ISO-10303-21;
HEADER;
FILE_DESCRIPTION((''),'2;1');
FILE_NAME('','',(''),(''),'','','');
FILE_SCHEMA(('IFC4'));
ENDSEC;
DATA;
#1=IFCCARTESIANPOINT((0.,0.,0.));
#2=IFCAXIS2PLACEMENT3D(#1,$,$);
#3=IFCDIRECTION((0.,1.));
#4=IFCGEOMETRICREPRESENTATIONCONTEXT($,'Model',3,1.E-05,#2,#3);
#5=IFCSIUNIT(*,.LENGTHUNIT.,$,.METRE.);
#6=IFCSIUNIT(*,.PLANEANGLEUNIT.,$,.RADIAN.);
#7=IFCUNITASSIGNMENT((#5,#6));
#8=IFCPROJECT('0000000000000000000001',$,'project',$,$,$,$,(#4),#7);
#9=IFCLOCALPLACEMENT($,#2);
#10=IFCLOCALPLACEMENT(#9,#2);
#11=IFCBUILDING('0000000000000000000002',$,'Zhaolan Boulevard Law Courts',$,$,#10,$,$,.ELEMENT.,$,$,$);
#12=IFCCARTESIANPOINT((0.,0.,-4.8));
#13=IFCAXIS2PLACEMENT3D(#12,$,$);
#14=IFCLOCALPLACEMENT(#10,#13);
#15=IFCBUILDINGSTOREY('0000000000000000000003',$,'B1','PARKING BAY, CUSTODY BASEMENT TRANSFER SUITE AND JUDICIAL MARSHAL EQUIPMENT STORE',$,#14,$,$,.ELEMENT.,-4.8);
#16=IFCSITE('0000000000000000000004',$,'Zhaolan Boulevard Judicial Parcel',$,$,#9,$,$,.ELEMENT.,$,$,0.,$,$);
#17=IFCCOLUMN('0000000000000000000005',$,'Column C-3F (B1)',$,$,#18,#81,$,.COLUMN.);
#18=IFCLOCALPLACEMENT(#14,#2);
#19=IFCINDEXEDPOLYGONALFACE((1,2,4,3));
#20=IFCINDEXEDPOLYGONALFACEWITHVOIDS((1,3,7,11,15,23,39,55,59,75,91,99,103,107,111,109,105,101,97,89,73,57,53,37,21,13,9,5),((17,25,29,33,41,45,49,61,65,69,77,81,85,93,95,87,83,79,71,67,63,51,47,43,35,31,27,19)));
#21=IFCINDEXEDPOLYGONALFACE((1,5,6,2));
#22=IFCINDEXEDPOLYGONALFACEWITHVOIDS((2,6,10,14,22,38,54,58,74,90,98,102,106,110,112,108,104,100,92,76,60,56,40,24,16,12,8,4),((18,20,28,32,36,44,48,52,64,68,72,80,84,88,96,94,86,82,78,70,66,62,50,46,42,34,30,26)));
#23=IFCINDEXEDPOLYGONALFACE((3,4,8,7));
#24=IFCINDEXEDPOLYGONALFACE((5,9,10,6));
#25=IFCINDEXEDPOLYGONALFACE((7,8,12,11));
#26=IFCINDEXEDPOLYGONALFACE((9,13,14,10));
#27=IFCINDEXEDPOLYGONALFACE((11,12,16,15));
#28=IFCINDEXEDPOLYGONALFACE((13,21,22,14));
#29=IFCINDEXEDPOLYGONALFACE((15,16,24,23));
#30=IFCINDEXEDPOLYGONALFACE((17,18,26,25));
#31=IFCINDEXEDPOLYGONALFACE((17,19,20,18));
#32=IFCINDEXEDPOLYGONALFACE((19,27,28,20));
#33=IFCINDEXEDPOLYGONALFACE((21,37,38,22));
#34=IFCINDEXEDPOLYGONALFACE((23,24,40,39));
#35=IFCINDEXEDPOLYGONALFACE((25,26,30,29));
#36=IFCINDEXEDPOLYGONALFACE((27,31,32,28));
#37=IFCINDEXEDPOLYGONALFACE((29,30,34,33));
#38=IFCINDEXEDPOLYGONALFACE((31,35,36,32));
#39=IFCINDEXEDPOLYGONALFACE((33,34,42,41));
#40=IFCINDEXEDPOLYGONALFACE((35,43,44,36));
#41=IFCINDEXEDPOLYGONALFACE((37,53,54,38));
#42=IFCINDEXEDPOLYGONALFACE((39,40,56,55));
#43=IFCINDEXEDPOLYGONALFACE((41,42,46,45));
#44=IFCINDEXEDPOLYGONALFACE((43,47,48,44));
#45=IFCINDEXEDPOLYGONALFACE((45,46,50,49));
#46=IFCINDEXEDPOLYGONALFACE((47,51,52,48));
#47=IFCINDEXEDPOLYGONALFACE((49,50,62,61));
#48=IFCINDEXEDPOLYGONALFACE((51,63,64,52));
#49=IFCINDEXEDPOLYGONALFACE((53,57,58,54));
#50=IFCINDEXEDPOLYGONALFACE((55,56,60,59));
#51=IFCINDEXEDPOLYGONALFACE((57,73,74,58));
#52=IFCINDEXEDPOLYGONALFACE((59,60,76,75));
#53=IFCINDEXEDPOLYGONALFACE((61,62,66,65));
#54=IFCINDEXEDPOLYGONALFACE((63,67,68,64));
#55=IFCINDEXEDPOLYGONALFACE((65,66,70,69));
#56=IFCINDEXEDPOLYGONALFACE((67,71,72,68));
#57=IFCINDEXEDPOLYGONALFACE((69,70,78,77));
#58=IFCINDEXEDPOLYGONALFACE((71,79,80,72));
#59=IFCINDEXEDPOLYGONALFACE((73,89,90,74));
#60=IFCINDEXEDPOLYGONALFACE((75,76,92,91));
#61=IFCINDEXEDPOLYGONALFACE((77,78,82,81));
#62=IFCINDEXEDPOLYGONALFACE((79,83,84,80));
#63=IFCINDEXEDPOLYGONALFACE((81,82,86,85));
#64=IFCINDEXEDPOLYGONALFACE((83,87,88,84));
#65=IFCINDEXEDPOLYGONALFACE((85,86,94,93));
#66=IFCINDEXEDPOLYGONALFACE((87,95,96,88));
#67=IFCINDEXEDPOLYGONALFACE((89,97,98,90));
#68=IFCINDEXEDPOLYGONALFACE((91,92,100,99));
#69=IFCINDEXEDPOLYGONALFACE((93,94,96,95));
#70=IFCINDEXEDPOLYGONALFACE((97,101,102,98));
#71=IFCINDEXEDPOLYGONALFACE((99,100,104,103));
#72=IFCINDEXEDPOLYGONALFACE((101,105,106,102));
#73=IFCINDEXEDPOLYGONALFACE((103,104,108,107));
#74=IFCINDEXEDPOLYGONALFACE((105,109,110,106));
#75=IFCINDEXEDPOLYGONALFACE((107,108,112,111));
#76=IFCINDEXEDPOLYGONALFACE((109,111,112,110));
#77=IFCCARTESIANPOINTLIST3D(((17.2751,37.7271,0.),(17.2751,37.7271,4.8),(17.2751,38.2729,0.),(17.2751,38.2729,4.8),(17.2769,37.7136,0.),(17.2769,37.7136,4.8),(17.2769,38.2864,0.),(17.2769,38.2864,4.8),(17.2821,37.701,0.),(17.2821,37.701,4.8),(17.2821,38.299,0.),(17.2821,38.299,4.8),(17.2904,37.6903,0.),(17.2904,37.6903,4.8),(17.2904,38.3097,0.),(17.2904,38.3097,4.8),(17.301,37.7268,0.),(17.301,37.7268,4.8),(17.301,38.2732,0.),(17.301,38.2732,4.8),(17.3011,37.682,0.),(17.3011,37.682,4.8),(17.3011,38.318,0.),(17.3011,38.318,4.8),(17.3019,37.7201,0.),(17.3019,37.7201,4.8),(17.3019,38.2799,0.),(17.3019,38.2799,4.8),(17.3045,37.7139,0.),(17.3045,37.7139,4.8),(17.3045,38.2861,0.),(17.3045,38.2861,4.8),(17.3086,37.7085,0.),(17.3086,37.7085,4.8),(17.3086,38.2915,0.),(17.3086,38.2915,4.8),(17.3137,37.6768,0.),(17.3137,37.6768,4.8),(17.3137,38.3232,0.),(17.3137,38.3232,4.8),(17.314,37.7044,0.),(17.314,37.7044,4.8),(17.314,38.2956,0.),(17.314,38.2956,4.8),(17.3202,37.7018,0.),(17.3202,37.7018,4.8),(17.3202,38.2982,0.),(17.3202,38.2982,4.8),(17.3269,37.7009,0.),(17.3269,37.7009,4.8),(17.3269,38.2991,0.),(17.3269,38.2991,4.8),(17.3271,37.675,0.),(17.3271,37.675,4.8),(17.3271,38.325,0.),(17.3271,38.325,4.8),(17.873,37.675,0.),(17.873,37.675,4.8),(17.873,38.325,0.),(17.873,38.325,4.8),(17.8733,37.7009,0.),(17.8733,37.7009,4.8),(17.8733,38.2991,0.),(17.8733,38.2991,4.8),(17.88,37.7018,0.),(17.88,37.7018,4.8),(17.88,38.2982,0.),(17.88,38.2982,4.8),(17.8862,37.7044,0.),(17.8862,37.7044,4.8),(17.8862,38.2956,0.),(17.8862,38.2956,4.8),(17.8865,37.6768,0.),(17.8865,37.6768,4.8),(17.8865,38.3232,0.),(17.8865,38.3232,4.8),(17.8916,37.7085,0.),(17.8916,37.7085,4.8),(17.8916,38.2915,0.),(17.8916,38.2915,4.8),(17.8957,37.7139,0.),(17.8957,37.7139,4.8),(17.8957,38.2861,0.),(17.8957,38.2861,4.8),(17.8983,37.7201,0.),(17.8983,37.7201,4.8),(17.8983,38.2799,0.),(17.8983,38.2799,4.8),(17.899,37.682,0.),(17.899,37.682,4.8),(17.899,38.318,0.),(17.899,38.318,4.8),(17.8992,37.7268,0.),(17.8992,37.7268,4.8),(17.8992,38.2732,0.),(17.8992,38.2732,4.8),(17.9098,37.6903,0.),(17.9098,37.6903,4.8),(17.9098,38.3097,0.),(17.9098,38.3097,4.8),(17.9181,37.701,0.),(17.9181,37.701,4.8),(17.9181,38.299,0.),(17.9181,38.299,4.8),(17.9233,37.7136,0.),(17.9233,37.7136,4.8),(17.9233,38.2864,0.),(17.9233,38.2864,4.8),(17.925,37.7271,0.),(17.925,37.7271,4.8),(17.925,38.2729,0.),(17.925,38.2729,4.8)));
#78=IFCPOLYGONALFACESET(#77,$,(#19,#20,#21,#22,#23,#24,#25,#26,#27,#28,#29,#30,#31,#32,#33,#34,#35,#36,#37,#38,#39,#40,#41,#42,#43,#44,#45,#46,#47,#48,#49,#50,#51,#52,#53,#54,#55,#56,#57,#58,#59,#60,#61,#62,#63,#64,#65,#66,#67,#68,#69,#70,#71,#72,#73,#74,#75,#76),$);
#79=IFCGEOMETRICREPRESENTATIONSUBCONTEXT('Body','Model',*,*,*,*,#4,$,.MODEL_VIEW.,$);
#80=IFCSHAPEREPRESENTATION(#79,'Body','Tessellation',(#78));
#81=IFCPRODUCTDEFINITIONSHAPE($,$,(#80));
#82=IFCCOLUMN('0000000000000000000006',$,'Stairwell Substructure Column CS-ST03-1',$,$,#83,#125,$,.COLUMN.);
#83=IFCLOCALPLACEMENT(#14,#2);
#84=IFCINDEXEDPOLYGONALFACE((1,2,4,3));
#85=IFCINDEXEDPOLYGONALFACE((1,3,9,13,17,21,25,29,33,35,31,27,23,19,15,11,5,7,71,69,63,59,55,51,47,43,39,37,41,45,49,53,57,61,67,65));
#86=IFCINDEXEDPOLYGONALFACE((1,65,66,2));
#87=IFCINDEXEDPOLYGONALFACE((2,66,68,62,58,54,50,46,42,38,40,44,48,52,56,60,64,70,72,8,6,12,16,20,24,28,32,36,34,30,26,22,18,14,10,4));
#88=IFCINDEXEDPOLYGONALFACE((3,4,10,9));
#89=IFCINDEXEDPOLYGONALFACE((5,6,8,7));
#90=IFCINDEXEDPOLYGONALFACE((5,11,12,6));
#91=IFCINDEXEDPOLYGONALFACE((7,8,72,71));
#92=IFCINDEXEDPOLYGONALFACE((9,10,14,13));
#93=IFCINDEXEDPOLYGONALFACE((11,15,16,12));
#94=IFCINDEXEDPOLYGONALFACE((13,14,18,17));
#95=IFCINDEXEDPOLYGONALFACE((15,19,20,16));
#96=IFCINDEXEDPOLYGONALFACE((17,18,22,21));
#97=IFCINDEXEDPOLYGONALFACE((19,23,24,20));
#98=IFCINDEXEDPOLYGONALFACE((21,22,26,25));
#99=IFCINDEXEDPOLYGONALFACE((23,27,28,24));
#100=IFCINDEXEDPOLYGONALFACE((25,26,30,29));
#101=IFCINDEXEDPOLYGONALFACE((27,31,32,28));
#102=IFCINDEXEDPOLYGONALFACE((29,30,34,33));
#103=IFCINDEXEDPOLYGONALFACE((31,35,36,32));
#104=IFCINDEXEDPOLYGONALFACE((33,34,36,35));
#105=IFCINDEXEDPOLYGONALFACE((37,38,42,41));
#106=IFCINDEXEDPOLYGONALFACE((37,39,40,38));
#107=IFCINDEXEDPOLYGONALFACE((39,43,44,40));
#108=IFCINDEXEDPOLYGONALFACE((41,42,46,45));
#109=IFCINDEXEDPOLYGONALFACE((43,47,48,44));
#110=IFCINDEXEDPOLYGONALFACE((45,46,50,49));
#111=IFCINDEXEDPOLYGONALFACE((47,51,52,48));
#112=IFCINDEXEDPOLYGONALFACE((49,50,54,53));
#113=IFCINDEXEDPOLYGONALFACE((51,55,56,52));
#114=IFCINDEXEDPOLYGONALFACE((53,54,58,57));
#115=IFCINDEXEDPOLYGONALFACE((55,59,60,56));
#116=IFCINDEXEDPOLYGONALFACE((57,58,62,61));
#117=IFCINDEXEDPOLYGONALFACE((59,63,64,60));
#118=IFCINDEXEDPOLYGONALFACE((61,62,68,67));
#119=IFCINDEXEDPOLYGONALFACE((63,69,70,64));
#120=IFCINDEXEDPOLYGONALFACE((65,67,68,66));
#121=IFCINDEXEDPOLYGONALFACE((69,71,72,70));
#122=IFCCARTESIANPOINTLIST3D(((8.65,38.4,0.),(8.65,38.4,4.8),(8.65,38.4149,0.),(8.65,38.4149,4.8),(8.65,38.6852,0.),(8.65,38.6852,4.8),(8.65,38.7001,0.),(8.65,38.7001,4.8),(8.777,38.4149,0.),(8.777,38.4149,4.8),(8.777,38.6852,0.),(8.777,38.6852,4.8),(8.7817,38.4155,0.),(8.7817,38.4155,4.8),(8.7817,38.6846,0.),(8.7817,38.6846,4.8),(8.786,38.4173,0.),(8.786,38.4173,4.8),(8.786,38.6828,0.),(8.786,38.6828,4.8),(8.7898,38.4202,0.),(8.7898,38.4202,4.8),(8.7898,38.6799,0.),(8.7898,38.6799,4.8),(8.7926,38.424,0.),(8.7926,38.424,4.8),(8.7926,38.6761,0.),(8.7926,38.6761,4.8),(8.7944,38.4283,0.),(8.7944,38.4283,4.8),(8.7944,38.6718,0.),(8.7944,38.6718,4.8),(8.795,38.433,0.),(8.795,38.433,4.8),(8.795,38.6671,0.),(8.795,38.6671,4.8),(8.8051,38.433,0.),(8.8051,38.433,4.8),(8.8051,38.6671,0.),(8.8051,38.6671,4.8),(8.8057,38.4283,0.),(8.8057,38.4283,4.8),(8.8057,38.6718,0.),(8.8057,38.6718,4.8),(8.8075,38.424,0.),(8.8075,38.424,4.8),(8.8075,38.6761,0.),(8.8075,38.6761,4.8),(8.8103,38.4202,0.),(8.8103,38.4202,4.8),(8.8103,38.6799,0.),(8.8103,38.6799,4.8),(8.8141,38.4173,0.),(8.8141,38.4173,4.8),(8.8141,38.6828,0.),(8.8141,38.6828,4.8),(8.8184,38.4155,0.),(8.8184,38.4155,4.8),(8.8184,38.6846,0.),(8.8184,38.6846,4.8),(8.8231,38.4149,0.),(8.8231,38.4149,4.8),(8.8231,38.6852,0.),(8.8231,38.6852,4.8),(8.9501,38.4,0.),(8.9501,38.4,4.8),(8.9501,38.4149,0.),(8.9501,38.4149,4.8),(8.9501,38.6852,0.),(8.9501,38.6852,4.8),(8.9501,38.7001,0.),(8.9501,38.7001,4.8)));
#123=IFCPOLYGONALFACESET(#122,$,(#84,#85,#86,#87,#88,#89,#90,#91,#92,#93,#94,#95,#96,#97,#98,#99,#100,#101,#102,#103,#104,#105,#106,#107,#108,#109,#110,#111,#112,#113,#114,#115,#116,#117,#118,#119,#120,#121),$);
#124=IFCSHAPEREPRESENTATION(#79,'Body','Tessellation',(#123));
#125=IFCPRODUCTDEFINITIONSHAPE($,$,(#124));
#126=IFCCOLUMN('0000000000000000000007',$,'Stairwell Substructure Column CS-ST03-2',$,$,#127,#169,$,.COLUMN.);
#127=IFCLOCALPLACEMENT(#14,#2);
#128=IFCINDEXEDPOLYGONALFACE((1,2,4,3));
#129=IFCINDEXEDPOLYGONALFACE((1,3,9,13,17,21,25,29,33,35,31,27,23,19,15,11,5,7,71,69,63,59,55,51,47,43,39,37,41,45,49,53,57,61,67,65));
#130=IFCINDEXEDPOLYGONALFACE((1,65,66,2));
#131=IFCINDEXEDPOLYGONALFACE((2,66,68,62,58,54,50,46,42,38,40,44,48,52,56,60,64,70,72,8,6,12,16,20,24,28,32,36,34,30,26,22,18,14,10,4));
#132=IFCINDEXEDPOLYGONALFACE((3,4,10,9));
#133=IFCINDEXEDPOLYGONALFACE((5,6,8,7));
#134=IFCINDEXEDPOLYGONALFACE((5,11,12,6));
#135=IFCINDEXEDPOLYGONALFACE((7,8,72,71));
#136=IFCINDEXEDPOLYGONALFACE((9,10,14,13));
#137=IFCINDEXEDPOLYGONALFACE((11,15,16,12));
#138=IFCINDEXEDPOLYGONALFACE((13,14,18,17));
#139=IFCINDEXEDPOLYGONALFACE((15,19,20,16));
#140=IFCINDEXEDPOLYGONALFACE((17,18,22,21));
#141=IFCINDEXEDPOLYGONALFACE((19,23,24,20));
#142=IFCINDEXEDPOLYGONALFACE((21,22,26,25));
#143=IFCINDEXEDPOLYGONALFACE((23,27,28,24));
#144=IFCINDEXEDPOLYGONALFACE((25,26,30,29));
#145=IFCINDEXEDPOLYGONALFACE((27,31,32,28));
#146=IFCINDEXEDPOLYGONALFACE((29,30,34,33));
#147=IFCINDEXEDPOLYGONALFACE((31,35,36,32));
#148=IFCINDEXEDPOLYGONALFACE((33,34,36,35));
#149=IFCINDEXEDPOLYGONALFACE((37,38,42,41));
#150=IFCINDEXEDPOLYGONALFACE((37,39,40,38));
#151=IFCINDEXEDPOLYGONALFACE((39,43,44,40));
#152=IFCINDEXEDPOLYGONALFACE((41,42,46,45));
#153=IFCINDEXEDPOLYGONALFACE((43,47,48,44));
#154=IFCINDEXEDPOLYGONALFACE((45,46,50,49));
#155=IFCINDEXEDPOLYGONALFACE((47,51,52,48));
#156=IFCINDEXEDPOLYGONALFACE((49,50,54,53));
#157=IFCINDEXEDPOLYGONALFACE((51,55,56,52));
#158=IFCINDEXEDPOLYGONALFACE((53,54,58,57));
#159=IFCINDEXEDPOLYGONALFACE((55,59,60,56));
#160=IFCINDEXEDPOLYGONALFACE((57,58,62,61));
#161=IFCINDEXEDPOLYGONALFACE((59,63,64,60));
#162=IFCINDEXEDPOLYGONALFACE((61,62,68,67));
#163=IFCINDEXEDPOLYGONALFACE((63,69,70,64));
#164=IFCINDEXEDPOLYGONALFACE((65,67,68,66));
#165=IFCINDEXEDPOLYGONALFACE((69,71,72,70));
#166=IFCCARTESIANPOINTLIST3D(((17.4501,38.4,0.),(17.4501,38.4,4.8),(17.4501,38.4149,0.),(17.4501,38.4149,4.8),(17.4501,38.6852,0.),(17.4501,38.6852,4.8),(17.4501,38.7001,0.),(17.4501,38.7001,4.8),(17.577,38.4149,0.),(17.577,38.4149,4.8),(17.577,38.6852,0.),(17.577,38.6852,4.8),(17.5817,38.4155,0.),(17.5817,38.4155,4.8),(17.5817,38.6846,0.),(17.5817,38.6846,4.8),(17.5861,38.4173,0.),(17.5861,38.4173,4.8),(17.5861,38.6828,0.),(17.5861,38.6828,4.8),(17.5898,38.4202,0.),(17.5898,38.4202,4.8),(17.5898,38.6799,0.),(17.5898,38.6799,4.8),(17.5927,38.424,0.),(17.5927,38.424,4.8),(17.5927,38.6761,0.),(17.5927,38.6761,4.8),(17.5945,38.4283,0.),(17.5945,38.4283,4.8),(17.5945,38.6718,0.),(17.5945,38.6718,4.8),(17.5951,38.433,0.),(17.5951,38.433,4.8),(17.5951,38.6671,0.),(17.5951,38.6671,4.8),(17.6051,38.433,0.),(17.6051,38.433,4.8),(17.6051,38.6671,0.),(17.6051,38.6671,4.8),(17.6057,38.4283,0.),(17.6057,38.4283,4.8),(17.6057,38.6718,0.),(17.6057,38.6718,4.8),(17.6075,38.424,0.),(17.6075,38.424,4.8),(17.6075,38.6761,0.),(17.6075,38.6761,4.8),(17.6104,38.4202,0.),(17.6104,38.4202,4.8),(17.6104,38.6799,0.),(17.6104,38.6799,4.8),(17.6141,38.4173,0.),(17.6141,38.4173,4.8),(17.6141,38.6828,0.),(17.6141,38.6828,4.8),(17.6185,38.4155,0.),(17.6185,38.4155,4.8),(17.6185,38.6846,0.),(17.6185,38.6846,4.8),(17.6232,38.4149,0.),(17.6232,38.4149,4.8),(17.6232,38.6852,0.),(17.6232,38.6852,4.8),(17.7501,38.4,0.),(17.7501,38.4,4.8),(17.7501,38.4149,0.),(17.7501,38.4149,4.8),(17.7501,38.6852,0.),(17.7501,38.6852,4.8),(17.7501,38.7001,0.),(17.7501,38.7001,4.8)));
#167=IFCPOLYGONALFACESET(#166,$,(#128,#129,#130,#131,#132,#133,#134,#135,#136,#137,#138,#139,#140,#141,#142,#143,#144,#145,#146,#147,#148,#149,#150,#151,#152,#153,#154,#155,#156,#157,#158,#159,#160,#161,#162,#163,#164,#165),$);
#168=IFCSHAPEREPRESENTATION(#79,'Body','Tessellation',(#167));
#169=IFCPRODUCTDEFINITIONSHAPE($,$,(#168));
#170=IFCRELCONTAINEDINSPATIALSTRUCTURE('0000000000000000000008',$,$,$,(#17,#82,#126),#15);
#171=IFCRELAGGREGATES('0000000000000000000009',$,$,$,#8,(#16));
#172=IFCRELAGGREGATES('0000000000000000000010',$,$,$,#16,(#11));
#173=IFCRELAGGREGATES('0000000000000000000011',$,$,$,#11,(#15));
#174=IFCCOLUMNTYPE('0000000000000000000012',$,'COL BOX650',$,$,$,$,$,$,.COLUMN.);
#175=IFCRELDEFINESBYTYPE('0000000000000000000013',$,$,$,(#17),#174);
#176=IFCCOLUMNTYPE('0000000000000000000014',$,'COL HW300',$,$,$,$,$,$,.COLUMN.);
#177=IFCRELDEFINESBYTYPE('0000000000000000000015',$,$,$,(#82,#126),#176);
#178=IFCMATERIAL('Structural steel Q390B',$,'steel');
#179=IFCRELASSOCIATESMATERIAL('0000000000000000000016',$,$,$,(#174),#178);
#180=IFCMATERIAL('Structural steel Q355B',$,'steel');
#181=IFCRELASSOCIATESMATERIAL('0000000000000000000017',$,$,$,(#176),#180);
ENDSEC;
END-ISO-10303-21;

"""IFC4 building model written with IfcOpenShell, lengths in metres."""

from ifc_helpers import new_model, si_unit, direction, frame, origin, origin_2d, place, context, subcontext, project, spatial, hollow_rectangle, i_section, extrude, material, material_profile, profile_set, type_object, element, save


model = new_model("IFC4")

# Units and contexts
model_context = context("Model", 3, precision=1e-05, world=origin(), true_north=direction((0.0, 1.0)))
body_context = subcontext(model_context, "Body", "Model", "MODEL_VIEW")
ifc_project = project(units=[si_unit("LENGTHUNIT", "METRE"), si_unit("PLANEANGLEUNIT", "RADIAN")], contexts=[model_context])

# Site, building, storey
site_placement = place(None, origin())
site = spatial("IfcSite", under=ifc_project, at=site_placement, Name="Zhaolan Boulevard Judicial Parcel", CompositionType="ELEMENT", RefElevation=0.0)
building_placement = place(site_placement, origin())
building = spatial("IfcBuilding", under=site, at=building_placement, Name="Zhaolan Boulevard Law Courts", CompositionType="ELEMENT")
storey_placement = place(building_placement, frame((0.0, 0.0, -4.8)))
storey = spatial("IfcBuildingStorey", under=building, at=storey_placement, Name="B1", Description="PARKING BAY, CUSTODY BASEMENT TRANSFER SUITE AND JUDICIAL MARSHAL EQUIPMENT STORE", CompositionType="ELEMENT", Elevation=-4.8)

# Columns
ifc_material_1 = material(Name="Structural steel Q390B", Category="steel")
ifc_material_profile_1 = material_profile(ifc_material_1, hollow_rectangle(XDim=0.6499, YDim=0.6499, WallThickness=0.0259, InnerFilletRadius=0.0259, OuterFilletRadius=0.052, at=origin_2d()), Name="BOX650x650x26")
ifc_profile_set_1 = profile_set([ifc_material_profile_1], Name="Structural steel Q390B")
column_type_1 = type_object("IfcColumnType", Name="COL BOX650", PredefinedType="COLUMN", material=ifc_profile_set_1)
column_placement = place(storey_placement, frame((17.6001, 38.0, 0.0), z_axis=(0.0, 0.0, 1.0), x_axis=(1.0, 0.0, 0.0)))
element("IfcColumn", 1, at=column_placement, inside=storey, type_object=column_type_1, Name="Column C-3F (B1)", PredefinedType="COLUMN", context=body_context, shape_type="SweptSolid", body=[
    extrude(hollow_rectangle(XDim=0.6499, YDim=0.6499, WallThickness=0.0259, InnerFilletRadius=0.0259, OuterFilletRadius=0.052, at=origin_2d()), origin(), (0.0, 0.0, 1.0), 4.8),
])
ifc_material_2 = material(Name="Structural steel Q355B", Category="steel")
ifc_material_profile_2 = material_profile(ifc_material_2, i_section(OverallWidth=0.3, OverallDepth=0.3, WebThickness=0.01, FlangeThickness=0.0149, FilletRadius=0.0181, at=origin_2d()), Name="HW300x300")
ifc_profile_set_2 = profile_set([ifc_material_profile_2], Name="Structural steel Q355B")
column_type_2 = type_object("IfcColumnType", Name="COL HW300", PredefinedType="COLUMN", material=ifc_profile_set_2)
for number, where, z_axis, x_axis, name in (
    (2, (8.8, 38.55, 0.0), (0.0, 0.0, 1.0), (1.0, 0.0, 0.0), "Stairwell Substructure Column CS-ST03-1"),
    (3, (17.6001, 38.55, 0.0), (0.0, 0.0, 1.0), (1.0, 0.0, 0.0), "Stairwell Substructure Column CS-ST03-2"),
):
    element("IfcColumn", number, at=place(storey_placement, frame(where, z_axis=z_axis, x_axis=x_axis)), inside=storey, type_object=column_type_2, Name=name, PredefinedType="COLUMN", context=body_context, shape_type="SweptSolid", body=[
        extrude(i_section(OverallWidth=0.3, OverallDepth=0.3, WebThickness=0.01, FlangeThickness=0.0149, FilletRadius=0.0181, at=origin_2d()), origin(), (0.0, 0.0, 1.0), 4.8),
    ])

save(model, "model.ifc")
